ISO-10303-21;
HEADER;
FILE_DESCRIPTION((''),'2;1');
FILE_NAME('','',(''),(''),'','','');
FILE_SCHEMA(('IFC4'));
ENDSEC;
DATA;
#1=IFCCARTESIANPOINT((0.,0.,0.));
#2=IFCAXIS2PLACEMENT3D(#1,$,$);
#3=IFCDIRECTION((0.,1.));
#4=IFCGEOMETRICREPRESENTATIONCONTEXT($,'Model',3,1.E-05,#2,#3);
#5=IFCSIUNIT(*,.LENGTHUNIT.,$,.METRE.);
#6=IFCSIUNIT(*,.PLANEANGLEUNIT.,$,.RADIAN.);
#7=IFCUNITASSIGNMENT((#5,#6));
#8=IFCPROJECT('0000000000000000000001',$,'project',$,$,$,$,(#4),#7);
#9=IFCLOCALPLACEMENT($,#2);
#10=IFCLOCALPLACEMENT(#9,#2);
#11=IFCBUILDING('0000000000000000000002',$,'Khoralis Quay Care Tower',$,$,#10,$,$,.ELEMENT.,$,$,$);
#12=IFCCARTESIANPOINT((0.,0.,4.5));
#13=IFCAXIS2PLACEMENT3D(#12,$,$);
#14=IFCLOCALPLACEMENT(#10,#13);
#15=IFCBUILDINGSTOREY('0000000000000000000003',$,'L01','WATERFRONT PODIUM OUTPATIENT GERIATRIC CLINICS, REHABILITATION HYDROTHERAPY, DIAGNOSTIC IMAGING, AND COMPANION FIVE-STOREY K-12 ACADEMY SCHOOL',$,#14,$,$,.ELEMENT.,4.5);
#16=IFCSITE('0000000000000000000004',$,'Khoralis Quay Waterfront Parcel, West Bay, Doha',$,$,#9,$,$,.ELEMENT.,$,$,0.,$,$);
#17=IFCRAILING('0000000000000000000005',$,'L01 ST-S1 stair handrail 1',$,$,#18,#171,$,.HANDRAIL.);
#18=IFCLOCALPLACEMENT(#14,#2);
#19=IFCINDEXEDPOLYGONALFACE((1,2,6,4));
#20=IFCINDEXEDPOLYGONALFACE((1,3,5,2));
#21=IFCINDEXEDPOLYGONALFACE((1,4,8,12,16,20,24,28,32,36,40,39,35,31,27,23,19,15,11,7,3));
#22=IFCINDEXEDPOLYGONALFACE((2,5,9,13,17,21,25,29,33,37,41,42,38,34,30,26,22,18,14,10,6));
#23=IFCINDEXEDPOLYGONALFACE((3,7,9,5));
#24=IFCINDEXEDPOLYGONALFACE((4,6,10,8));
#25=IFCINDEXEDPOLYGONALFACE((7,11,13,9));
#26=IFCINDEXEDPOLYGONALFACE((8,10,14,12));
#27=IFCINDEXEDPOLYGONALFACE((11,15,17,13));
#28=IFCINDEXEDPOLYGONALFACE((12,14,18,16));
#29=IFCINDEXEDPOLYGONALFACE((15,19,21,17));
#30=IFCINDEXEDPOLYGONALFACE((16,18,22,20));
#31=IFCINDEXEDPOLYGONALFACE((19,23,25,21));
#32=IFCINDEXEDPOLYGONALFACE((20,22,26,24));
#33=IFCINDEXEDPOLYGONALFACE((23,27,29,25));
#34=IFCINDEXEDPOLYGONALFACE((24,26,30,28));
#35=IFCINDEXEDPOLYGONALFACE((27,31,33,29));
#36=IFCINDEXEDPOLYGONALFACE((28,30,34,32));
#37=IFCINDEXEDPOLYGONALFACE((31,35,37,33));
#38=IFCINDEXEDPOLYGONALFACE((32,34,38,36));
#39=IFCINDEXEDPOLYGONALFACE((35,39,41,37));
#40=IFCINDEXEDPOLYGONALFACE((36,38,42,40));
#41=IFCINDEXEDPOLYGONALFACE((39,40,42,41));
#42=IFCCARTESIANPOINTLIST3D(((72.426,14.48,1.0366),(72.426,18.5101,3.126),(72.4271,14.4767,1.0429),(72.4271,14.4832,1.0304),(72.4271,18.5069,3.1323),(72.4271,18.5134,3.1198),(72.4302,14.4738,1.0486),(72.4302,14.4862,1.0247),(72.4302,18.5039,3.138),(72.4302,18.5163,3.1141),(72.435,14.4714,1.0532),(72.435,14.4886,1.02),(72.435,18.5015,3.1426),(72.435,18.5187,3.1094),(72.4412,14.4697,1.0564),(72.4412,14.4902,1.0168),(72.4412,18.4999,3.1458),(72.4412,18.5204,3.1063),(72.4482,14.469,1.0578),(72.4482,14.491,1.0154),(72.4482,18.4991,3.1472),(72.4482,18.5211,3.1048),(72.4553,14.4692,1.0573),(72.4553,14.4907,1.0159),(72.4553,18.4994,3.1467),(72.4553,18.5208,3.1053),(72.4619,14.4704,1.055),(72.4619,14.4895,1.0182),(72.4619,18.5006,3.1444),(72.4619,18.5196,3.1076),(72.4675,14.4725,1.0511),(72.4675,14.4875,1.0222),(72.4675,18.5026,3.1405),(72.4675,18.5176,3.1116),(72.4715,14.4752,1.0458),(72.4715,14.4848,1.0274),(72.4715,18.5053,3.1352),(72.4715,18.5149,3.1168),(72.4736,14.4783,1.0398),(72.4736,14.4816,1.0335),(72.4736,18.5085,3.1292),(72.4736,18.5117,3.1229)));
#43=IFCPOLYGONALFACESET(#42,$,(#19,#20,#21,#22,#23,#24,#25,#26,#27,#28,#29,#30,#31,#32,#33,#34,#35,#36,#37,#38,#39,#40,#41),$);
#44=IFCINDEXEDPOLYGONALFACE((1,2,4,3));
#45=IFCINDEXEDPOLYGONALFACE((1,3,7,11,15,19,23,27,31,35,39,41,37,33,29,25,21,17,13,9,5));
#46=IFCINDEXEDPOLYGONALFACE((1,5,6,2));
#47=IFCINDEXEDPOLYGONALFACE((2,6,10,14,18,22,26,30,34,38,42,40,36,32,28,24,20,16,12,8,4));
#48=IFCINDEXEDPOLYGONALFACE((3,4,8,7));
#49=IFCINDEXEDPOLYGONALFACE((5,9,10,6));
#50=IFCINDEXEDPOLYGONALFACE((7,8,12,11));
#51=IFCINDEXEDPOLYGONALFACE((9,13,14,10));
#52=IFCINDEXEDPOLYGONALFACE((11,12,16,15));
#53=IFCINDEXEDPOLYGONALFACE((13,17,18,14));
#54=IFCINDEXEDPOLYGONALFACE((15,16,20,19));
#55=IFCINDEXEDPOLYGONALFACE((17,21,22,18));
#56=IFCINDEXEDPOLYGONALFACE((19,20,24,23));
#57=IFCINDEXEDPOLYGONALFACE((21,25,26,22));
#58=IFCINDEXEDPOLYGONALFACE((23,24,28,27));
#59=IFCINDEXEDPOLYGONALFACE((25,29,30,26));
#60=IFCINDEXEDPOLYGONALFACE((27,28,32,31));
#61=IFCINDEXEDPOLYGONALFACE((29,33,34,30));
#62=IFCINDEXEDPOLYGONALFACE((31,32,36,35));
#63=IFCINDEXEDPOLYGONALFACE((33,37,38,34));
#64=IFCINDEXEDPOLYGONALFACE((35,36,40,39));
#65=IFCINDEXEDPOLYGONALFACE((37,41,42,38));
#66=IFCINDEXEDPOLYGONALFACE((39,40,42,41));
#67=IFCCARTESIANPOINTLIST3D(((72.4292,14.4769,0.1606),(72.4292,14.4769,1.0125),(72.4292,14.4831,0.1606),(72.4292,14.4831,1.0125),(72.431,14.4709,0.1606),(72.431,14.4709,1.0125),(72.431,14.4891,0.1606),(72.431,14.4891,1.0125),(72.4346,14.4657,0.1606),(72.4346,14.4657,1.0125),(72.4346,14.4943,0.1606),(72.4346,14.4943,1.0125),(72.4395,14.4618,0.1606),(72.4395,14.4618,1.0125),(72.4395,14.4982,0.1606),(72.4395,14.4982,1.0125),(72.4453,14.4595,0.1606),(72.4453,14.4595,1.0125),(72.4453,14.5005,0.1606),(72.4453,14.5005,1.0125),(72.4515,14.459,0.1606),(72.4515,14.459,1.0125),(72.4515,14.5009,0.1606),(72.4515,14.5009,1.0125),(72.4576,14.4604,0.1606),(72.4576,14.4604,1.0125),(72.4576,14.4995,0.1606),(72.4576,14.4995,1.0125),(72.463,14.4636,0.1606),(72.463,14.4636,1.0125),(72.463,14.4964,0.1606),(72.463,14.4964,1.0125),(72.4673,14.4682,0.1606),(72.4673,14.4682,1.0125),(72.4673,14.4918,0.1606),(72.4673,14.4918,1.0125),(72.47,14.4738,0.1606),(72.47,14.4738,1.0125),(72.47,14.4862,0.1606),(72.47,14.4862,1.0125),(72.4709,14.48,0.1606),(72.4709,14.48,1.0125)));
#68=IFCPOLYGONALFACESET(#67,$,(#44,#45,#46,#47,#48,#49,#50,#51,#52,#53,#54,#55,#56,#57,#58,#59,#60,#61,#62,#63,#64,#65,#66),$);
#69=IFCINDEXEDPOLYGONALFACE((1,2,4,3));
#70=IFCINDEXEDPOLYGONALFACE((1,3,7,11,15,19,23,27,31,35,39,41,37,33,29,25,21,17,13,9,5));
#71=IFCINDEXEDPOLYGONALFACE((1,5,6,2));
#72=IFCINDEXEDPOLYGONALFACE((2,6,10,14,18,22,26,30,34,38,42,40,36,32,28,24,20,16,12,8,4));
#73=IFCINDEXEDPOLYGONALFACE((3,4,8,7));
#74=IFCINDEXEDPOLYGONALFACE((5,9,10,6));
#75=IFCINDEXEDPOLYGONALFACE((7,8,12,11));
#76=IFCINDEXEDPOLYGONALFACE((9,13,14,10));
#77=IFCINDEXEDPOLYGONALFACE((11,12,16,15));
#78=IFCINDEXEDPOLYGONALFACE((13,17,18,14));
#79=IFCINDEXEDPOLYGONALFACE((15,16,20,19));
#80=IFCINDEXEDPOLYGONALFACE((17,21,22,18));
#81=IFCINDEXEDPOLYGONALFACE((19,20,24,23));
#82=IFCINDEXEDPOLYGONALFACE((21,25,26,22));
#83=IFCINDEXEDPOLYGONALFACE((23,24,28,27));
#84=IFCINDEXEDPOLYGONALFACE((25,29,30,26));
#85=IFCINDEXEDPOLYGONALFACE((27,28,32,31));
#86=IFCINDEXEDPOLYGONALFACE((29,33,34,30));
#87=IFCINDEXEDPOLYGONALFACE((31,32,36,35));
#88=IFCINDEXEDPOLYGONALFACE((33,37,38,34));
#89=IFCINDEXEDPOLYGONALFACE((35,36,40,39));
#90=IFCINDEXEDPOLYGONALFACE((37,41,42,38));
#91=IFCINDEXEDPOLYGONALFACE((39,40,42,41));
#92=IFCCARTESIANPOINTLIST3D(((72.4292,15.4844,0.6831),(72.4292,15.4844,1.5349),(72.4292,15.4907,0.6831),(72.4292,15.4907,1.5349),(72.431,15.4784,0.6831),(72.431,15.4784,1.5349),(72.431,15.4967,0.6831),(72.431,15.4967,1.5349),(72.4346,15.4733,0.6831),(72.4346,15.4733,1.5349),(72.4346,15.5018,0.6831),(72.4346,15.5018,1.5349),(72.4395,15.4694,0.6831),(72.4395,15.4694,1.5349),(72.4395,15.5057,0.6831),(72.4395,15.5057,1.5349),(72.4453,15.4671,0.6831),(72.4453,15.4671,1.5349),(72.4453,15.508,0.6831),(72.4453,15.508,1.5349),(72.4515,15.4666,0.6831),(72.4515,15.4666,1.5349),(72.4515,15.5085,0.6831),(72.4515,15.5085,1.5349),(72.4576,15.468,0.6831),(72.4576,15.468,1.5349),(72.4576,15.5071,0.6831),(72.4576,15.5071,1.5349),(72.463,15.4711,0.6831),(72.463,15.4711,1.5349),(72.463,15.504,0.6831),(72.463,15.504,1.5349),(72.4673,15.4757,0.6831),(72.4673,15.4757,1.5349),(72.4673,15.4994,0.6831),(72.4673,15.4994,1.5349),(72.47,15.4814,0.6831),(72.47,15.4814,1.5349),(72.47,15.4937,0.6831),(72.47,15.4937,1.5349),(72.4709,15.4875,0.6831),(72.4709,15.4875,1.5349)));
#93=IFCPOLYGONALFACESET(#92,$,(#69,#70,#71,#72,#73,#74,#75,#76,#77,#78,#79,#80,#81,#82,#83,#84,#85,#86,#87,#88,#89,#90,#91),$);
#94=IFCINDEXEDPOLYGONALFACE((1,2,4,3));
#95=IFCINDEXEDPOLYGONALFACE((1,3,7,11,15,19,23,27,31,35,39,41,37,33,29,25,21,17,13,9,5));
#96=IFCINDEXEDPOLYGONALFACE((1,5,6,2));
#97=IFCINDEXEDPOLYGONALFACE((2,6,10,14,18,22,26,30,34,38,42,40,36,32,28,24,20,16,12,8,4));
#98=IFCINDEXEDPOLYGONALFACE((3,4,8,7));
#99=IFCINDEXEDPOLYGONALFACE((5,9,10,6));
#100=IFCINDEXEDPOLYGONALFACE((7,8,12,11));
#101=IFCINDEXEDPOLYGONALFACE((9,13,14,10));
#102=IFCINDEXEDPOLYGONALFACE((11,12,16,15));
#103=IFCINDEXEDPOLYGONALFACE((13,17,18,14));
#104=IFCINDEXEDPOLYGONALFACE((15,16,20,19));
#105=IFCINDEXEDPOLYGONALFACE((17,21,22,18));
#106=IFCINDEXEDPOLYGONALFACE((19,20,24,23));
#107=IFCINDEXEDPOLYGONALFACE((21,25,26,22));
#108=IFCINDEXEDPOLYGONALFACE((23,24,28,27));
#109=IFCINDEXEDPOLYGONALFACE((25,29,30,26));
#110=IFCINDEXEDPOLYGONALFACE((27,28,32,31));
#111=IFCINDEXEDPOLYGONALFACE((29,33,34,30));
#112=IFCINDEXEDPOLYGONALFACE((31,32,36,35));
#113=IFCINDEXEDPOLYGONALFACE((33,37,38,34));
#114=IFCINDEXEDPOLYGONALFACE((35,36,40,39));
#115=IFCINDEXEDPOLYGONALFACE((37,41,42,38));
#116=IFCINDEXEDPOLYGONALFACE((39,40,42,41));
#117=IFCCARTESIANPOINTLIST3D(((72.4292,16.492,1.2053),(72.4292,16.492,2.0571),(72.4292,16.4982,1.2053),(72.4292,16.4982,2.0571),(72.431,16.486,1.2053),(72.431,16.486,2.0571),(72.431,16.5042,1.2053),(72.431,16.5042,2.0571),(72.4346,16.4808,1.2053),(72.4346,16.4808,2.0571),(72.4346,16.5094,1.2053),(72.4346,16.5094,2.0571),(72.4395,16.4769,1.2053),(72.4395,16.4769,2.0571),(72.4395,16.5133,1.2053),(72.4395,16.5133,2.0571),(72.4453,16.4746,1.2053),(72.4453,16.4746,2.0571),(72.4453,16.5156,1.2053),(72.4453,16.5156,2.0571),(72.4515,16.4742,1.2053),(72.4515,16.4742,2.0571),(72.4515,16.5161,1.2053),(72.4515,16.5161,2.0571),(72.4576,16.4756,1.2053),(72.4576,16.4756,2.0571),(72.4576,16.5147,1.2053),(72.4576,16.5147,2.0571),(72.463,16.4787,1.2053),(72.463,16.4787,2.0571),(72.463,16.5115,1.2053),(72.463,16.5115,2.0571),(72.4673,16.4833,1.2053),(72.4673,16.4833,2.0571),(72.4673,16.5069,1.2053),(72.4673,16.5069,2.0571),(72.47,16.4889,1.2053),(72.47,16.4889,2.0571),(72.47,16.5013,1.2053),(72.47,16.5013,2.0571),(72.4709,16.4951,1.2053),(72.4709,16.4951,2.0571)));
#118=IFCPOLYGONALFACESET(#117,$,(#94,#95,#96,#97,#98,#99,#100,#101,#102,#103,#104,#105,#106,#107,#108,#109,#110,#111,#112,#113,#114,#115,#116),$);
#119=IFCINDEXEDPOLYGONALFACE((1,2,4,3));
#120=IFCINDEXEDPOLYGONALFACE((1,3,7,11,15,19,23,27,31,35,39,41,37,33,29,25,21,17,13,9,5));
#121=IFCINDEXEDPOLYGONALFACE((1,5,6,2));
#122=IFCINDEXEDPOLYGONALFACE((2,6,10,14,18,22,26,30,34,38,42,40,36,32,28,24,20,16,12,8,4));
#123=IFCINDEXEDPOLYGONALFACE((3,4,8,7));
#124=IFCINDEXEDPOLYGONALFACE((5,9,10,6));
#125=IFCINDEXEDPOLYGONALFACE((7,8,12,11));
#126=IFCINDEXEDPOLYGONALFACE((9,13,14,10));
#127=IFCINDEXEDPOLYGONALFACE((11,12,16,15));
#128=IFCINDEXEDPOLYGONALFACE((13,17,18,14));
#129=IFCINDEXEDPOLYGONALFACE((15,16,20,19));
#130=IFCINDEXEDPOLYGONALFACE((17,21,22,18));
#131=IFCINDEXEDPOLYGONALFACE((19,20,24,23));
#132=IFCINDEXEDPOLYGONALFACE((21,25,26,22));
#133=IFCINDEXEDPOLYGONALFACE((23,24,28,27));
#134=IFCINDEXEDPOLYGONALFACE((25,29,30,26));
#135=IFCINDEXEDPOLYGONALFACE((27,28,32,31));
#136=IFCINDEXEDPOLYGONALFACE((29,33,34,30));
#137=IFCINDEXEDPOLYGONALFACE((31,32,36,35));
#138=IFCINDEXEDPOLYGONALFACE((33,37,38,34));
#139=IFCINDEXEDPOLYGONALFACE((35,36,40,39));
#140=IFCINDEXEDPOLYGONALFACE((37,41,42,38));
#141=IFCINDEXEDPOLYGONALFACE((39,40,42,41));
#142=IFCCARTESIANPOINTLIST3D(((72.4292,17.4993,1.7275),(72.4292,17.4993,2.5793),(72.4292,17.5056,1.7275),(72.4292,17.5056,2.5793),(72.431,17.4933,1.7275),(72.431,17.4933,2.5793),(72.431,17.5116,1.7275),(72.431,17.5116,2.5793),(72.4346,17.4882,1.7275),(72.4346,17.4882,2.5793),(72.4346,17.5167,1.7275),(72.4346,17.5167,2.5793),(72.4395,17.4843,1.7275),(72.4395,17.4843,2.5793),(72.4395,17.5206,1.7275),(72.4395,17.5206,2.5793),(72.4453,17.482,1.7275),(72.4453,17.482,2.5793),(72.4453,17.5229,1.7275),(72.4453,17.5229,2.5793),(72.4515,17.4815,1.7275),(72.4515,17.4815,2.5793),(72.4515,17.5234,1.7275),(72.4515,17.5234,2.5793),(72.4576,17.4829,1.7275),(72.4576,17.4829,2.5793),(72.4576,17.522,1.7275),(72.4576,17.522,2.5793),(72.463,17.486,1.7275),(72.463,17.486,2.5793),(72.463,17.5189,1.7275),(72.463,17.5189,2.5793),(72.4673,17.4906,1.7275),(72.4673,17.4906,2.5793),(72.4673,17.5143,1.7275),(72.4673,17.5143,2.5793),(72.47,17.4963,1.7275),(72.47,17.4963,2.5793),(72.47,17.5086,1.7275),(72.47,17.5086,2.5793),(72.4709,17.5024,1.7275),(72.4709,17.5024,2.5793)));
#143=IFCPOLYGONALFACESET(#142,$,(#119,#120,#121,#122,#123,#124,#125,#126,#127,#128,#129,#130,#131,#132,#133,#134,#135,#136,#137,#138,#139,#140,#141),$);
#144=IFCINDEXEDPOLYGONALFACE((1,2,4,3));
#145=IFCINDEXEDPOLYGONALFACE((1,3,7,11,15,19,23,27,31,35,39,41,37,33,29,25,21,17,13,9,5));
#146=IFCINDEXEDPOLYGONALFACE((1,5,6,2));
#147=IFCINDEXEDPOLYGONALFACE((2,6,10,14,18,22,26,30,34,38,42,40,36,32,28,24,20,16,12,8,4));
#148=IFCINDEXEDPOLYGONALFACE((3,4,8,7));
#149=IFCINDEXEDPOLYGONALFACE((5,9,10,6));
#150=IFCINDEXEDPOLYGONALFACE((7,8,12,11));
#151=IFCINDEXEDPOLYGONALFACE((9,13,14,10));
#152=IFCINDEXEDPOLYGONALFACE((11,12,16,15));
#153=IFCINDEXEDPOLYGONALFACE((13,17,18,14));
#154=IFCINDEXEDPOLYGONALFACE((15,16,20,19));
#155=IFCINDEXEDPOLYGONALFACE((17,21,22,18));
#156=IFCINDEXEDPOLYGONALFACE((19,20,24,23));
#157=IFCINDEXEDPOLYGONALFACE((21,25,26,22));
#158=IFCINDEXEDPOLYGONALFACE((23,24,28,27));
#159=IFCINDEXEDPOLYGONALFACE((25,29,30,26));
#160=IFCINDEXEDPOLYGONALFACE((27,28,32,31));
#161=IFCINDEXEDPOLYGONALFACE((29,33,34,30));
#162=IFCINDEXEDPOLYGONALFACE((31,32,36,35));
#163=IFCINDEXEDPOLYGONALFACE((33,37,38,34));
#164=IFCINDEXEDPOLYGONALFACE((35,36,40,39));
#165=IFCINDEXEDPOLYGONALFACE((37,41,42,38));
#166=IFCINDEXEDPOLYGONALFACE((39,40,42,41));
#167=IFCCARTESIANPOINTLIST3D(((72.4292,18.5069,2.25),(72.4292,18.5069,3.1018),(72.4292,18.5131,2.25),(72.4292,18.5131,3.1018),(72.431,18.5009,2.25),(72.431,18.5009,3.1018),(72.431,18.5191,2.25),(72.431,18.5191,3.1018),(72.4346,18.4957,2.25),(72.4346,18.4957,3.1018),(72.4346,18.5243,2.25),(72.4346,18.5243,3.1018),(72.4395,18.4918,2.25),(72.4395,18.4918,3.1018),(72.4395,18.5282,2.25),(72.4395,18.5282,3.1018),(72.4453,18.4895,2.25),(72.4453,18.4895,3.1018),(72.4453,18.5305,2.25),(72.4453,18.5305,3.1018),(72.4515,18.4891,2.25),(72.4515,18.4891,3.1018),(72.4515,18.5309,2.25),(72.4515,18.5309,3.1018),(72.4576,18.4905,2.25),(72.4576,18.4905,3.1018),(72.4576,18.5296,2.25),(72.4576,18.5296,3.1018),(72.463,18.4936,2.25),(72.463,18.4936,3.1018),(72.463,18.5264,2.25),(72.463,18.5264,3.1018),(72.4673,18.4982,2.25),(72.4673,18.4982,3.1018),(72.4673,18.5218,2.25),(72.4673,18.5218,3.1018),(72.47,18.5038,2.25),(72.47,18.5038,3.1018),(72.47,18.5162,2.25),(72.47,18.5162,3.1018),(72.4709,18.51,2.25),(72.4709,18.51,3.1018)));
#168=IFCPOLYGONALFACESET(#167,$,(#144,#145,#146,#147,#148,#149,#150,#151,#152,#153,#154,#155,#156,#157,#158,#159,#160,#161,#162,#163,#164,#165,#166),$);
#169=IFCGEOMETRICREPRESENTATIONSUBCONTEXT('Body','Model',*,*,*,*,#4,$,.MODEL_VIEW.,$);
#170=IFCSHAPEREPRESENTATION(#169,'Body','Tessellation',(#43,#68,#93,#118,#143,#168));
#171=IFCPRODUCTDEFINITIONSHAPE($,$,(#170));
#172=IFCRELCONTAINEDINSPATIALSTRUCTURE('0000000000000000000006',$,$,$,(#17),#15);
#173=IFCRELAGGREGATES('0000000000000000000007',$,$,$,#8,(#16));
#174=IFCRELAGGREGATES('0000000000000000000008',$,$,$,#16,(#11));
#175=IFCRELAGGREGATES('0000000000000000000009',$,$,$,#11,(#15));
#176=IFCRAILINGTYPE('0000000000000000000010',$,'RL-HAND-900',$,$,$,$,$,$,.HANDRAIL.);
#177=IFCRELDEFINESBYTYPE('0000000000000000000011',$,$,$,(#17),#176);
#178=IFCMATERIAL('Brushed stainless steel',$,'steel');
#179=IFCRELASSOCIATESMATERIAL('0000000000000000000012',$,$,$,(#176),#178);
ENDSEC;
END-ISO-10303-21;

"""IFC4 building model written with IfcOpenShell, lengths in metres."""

from ifc_helpers import new_model, si_unit, direction, frame, origin, origin_2d, place, context, subcontext, project, spatial, circle, extrude, material, type_object, element, save


model = new_model("IFC4")

# Units and contexts
model_context = context("Model", 3, precision=1e-05, world=origin(), true_north=direction((0.0, 1.0)))
body_context = subcontext(model_context, "Body", "Model", "MODEL_VIEW")
ifc_project = project(units=[si_unit("LENGTHUNIT", "METRE"), si_unit("PLANEANGLEUNIT", "RADIAN")], contexts=[model_context])

# Site, building, storey
site_placement = place(None, origin())
site = spatial("IfcSite", under=ifc_project, at=site_placement, Name="Khoralis Quay Waterfront Parcel, West Bay, Doha", CompositionType="ELEMENT", RefElevation=0.0)
building_placement = place(site_placement, origin())
building = spatial("IfcBuilding", under=site, at=building_placement, Name="Khoralis Quay Care Tower", CompositionType="ELEMENT")
storey_placement = place(building_placement, frame((0.0, 0.0, 4.5)))
storey = spatial("IfcBuildingStorey", under=building, at=storey_placement, Name="L01", Description="WATERFRONT PODIUM OUTPATIENT GERIATRIC CLINICS, REHABILITATION HYDROTHERAPY, DIAGNOSTIC IMAGING, AND COMPANION FIVE-STOREY K-12 ACADEMY SCHOOL", CompositionType="ELEMENT", Elevation=4.5)

# Railing
ifc_material_1 = material(Name="Brushed stainless steel", Category="steel")
railing_type_1 = type_object("IfcRailingType", Name="RL-HAND-900", PredefinedType="HANDRAIL", material=ifc_material_1)
railing_1_placement = place(storey_placement, frame((72.45, 14.48, 0.1606)))
element("IfcRailing", 1, at=railing_1_placement, inside=storey, type_object=railing_type_1, Name="L01 ST-S1 stair handrail 1", PredefinedType="HANDRAIL", context=body_context, shape_type="SweptSolid", body=[
    extrude(circle(Radius=0.0239, at=origin_2d()), frame((0.0, 0.0, 0.876), z_axis=(0.0, 0.887781, 0.460267), x_axis=(-1.0, 0.0, 0.0)), (0.0, 0.0, 1.0), 4.5396),
    extrude(circle(Radius=0.021, at=origin_2d()), origin(), (0.0, 0.0, 1.0), 0.8518),
    extrude(circle(Radius=0.021, at=origin_2d()), frame((0.0, 1.0076, 0.5225)), (0.0, 0.0, 1.0), 0.8518),
    extrude(circle(Radius=0.021, at=origin_2d()), frame((0.0, 2.0151, 1.0447)), (0.0, 0.0, 1.0), 0.8518),
    extrude(circle(Radius=0.021, at=origin_2d()), frame((0.0, 3.0225, 1.5669)), (0.0, 0.0, 1.0), 0.8518),
    extrude(circle(Radius=0.021, at=origin_2d()), frame((0.0, 4.03, 2.0894)), (0.0, 0.0, 1.0), 0.8518),
])

save(model, "model.ifc")
